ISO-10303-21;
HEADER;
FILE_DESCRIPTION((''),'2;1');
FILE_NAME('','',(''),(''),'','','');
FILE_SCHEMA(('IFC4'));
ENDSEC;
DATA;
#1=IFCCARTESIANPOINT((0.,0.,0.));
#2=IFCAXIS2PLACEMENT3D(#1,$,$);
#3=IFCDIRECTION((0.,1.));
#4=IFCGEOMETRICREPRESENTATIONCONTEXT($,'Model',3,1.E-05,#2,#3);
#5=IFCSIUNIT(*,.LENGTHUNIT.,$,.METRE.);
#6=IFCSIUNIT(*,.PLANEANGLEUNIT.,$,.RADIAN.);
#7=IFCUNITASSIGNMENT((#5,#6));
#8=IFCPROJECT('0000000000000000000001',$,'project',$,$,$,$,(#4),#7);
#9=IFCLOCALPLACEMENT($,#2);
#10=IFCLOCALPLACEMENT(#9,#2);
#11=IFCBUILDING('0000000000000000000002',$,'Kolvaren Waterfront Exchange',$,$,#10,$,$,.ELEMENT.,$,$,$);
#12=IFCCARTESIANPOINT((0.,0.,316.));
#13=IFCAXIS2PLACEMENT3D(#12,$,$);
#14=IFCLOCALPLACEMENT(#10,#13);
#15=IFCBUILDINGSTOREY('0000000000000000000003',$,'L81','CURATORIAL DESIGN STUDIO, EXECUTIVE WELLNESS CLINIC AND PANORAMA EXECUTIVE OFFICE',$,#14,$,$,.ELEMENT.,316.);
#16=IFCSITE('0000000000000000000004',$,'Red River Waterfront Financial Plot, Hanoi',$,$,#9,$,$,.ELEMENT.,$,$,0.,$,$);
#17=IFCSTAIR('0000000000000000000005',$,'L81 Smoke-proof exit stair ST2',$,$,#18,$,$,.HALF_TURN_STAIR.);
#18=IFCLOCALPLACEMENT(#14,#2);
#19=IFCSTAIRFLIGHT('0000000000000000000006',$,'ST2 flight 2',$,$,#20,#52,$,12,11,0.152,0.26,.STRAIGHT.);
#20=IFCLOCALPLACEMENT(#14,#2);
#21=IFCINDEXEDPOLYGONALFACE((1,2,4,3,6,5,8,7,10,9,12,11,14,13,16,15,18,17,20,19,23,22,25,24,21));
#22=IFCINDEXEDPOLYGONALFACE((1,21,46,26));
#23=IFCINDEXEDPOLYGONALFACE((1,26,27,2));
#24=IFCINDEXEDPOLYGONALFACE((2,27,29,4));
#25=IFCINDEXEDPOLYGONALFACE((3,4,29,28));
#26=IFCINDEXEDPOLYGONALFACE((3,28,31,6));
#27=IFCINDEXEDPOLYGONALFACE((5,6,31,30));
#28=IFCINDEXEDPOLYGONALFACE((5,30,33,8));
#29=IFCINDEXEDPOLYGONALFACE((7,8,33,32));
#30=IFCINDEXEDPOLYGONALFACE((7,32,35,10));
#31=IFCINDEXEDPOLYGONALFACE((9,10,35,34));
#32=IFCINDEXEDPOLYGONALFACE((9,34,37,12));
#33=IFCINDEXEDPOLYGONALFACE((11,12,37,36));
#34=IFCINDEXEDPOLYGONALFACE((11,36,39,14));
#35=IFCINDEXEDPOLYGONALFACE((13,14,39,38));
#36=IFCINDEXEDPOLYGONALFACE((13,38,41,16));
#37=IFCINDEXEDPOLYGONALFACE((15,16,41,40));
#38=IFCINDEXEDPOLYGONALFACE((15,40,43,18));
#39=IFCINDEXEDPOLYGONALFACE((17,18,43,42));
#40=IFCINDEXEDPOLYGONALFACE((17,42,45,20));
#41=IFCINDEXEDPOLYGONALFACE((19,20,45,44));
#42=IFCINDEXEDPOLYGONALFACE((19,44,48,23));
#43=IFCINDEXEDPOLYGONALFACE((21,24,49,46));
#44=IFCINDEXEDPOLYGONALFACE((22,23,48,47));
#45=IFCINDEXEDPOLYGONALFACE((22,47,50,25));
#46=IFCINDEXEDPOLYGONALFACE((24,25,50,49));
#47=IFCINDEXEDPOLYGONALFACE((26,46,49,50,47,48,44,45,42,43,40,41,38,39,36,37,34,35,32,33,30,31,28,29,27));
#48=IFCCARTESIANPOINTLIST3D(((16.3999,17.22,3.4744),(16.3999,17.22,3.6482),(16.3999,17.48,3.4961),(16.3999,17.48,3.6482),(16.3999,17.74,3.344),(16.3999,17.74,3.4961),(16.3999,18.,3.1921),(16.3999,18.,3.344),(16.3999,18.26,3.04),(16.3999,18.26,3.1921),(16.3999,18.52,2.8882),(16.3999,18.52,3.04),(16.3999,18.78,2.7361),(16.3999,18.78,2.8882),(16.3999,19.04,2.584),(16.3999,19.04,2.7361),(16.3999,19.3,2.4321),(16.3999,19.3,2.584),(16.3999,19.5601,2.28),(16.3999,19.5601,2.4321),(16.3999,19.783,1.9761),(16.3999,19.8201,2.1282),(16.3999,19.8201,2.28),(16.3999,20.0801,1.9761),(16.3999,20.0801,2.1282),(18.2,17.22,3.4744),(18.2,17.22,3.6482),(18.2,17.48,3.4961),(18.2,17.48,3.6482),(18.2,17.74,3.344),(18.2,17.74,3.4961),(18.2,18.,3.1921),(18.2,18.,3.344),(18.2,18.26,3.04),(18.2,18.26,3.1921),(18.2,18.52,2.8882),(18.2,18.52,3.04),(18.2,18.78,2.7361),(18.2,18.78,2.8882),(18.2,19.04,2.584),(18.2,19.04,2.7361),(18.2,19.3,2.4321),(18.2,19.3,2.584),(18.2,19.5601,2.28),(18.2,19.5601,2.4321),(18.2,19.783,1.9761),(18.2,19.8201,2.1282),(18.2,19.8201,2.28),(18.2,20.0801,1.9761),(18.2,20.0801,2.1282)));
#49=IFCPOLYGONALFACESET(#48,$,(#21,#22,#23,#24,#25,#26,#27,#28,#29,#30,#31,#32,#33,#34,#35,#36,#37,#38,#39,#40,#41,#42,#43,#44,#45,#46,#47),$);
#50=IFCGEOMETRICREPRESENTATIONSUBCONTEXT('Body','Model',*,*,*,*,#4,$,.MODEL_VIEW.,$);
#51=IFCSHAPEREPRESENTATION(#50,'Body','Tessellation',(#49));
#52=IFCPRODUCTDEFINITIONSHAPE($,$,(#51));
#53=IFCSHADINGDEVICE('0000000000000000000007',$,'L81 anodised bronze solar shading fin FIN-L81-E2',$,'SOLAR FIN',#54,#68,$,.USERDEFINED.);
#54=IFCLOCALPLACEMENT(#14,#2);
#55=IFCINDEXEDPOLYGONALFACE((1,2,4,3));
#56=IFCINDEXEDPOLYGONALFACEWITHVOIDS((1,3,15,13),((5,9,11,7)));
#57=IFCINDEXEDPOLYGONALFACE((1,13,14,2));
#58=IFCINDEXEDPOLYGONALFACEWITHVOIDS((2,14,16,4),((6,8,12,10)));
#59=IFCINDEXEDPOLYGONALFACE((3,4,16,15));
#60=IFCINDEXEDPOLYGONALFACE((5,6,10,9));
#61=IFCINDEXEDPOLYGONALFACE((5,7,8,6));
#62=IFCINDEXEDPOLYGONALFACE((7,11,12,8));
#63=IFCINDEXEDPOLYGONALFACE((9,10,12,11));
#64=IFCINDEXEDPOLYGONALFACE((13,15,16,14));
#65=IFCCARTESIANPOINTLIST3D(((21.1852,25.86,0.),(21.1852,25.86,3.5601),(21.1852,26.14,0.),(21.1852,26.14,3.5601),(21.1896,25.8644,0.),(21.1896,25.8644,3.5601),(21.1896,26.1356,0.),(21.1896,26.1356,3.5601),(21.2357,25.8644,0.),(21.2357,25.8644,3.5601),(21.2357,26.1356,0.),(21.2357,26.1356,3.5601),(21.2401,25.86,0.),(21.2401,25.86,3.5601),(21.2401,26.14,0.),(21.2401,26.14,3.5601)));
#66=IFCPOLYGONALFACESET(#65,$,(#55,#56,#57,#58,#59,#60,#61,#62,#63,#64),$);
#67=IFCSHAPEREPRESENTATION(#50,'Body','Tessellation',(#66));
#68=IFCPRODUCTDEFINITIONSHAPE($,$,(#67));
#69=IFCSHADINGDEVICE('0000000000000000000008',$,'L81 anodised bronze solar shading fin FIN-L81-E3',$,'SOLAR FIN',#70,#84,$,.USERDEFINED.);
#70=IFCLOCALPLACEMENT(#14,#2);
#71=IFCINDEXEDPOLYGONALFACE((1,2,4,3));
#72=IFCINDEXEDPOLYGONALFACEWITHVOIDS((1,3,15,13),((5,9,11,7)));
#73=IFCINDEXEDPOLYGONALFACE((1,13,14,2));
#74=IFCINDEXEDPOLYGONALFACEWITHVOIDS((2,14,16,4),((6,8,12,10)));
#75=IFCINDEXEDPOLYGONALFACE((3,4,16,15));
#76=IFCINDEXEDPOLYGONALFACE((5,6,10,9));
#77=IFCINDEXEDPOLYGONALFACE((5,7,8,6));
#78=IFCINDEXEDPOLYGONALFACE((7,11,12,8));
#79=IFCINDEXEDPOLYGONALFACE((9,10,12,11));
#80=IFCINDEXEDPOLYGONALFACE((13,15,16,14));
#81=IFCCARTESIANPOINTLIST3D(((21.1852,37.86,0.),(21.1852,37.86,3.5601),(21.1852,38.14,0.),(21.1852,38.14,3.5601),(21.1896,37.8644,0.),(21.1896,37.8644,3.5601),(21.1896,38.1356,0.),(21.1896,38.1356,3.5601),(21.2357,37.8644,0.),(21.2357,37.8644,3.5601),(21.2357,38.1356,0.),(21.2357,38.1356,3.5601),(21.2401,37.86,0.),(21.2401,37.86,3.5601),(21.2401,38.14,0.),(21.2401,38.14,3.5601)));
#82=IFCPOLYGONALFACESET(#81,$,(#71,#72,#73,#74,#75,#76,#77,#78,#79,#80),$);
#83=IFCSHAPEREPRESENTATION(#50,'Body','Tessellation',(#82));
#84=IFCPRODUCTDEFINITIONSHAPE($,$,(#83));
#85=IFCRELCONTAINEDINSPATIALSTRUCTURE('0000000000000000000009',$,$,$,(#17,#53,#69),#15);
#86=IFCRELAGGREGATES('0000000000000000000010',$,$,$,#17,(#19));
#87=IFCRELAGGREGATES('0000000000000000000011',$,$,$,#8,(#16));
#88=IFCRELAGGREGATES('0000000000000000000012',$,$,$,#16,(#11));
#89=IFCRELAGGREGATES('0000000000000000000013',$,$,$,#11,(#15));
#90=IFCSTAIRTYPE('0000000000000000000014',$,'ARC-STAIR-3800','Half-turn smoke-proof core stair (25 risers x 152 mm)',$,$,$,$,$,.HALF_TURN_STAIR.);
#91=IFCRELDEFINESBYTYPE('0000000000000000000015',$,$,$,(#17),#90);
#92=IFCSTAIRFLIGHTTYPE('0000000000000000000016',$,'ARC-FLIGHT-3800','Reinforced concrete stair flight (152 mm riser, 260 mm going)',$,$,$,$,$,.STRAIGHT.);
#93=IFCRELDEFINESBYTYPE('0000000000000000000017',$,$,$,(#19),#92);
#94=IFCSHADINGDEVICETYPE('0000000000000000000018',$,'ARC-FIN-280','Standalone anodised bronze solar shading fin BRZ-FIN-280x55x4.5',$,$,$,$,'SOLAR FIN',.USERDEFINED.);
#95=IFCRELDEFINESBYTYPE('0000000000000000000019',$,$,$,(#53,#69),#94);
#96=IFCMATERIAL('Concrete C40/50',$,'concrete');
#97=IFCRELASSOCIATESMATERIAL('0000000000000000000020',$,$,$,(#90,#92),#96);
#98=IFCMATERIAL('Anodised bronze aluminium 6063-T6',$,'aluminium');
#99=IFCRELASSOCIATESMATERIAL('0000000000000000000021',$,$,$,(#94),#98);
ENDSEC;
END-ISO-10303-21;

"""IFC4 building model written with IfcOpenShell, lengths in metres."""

from ifc_helpers import new_model, si_unit, direction, frame, origin, origin_2d, place, context, subcontext, project, spatial, polyline, hollow_rectangle, outline, extrude, material, material_profile, profile_set, type_object, element, aggregate, save


model = new_model("IFC4")

# Units and contexts
model_context = context("Model", 3, precision=1e-05, world=origin(), true_north=direction((0.0, 1.0)))
body_context = subcontext(model_context, "Body", "Model", "MODEL_VIEW")
ifc_project = project(units=[si_unit("LENGTHUNIT", "METRE"), si_unit("PLANEANGLEUNIT", "RADIAN")], contexts=[model_context])

# Site, building, storey
site_placement = place(None, origin())
site = spatial("IfcSite", under=ifc_project, at=site_placement, Name="Red River Waterfront Financial Plot, Hanoi", CompositionType="ELEMENT", RefElevation=0.0)
building_placement = place(site_placement, origin())
building = spatial("IfcBuilding", under=site, at=building_placement, Name="Kolvaren Waterfront Exchange", CompositionType="ELEMENT")
storey_placement = place(building_placement, frame((0.0, 0.0, 316.0)))
storey = spatial("IfcBuildingStorey", under=building, at=storey_placement, Name="L81", Description="CURATORIAL DESIGN STUDIO, EXECUTIVE WELLNESS CLINIC AND PANORAMA EXECUTIVE OFFICE", CompositionType="ELEMENT", Elevation=316.0)

# Shared definitions
ifc_material_1 = material(Name="Anodised bronze aluminium 6063-T6", Category="aluminium")

# Stair, stair flight
ifc_material_2 = material(Name="Concrete C40/50", Category="concrete")
stair_type = type_object("IfcStairType", Name="ARC-STAIR-3800", Description="Half-turn smoke-proof core stair (25 risers x 152 mm)", PredefinedType="HALF_TURN_STAIR", material=ifc_material_2)
stair_placement = place(storey_placement, origin())
stair = element("IfcStair", 1, at=stair_placement, inside=storey, type_object=stair_type, Name="L81 Smoke-proof exit stair ST2", PredefinedType="HALF_TURN_STAIR")
stair_flight_type = type_object("IfcStairFlightType", Name="ARC-FLIGHT-3800", Description="Reinforced concrete stair flight (152 mm riser, 260 mm going)", PredefinedType="STRAIGHT", material=ifc_material_2)
stair_flight_placement = place(storey_placement, frame((17.3, 20.0801, 1.9761), z_axis=(0.0, 0.0, 1.0), x_axis=(0.0, -1.0, 0.0)))
stair_flight = element("IfcStairFlight", 2, at=stair_flight_placement, type_object=stair_flight_type, Name="ST2 flight 2", NumberOfRisers=12, NumberOfTreads=11, PredefinedType="STRAIGHT", RiserHeight=0.152, TreadLength=0.26, context=body_context, shape_type="SweptSolid", body=[
    extrude(outline(polyline([(0.0, 0.0), (0.0, 0.1521), (0.26, 0.1521), (0.26, 0.304), (0.52, 0.304), (0.52, 0.4561), (0.78, 0.4561), (0.78, 0.6079), (1.04, 0.6079), (1.04, 0.76), (1.3, 0.76), (1.3, 0.9121), (1.5601, 0.9121), (1.5601, 1.064), (1.8201, 1.064), (1.8201, 1.2161), (2.0801, 1.2161), (2.0801, 1.3679), (2.3401, 1.3679), (2.3401, 1.52), (2.6001, 1.52), (2.6001, 1.6721), (2.8601, 1.6721), (2.8601, 1.824), (2.8601, 1.4983), (0.2971, 0.0), (0.0, 0.0)])), frame((0.0, 0.8999, 0.0), z_axis=(0.0, -1.0, 0.0), x_axis=(1.0, 0.0, 0.0)), (0.0, 0.0, 1.0), 1.8),
])
aggregate(stair, [stair_flight])

# Shading devices
ifc_material_profile_1 = material_profile(ifc_material_1, hollow_rectangle(XDim=0.0549, YDim=0.28, WallThickness=0.0044, at=origin_2d()), Name="BRZ-FIN-280x55x4.5")
ifc_profile_set_1 = profile_set([ifc_material_profile_1], Name="Anodised bronze aluminium 6063-T6")
shading_device_type = type_object("IfcShadingDeviceType", Name="ARC-FIN-280", Description="Standalone anodised bronze solar shading fin BRZ-FIN-280x55x4.5", ElementType="SOLAR FIN", PredefinedType="USERDEFINED", material=ifc_profile_set_1)
for number, where, z_axis, x_axis, name in (
    (3, (21.2126, 26.0, 0.0), (0.0, 0.0, 1.0), (1.0, 0.0, 0.0), "L81 anodised bronze solar shading fin FIN-L81-E2"),
    (4, (21.2126, 38.0, 0.0), (0.0, 0.0, 1.0), (1.0, 0.0, 0.0), "L81 anodised bronze solar shading fin FIN-L81-E3"),
):
    element("IfcShadingDevice", number, at=place(storey_placement, frame(where, z_axis=z_axis, x_axis=x_axis)), inside=storey, type_object=shading_device_type, Name=name, ObjectType="SOLAR FIN", PredefinedType="USERDEFINED", context=body_context, shape_type="SweptSolid", body=[
        extrude(hollow_rectangle(XDim=0.0549, YDim=0.28, WallThickness=0.0044, at=origin_2d()), origin(), (0.0, 0.0, 1.0), 3.5601),
    ])

save(model, "model.ifc")
